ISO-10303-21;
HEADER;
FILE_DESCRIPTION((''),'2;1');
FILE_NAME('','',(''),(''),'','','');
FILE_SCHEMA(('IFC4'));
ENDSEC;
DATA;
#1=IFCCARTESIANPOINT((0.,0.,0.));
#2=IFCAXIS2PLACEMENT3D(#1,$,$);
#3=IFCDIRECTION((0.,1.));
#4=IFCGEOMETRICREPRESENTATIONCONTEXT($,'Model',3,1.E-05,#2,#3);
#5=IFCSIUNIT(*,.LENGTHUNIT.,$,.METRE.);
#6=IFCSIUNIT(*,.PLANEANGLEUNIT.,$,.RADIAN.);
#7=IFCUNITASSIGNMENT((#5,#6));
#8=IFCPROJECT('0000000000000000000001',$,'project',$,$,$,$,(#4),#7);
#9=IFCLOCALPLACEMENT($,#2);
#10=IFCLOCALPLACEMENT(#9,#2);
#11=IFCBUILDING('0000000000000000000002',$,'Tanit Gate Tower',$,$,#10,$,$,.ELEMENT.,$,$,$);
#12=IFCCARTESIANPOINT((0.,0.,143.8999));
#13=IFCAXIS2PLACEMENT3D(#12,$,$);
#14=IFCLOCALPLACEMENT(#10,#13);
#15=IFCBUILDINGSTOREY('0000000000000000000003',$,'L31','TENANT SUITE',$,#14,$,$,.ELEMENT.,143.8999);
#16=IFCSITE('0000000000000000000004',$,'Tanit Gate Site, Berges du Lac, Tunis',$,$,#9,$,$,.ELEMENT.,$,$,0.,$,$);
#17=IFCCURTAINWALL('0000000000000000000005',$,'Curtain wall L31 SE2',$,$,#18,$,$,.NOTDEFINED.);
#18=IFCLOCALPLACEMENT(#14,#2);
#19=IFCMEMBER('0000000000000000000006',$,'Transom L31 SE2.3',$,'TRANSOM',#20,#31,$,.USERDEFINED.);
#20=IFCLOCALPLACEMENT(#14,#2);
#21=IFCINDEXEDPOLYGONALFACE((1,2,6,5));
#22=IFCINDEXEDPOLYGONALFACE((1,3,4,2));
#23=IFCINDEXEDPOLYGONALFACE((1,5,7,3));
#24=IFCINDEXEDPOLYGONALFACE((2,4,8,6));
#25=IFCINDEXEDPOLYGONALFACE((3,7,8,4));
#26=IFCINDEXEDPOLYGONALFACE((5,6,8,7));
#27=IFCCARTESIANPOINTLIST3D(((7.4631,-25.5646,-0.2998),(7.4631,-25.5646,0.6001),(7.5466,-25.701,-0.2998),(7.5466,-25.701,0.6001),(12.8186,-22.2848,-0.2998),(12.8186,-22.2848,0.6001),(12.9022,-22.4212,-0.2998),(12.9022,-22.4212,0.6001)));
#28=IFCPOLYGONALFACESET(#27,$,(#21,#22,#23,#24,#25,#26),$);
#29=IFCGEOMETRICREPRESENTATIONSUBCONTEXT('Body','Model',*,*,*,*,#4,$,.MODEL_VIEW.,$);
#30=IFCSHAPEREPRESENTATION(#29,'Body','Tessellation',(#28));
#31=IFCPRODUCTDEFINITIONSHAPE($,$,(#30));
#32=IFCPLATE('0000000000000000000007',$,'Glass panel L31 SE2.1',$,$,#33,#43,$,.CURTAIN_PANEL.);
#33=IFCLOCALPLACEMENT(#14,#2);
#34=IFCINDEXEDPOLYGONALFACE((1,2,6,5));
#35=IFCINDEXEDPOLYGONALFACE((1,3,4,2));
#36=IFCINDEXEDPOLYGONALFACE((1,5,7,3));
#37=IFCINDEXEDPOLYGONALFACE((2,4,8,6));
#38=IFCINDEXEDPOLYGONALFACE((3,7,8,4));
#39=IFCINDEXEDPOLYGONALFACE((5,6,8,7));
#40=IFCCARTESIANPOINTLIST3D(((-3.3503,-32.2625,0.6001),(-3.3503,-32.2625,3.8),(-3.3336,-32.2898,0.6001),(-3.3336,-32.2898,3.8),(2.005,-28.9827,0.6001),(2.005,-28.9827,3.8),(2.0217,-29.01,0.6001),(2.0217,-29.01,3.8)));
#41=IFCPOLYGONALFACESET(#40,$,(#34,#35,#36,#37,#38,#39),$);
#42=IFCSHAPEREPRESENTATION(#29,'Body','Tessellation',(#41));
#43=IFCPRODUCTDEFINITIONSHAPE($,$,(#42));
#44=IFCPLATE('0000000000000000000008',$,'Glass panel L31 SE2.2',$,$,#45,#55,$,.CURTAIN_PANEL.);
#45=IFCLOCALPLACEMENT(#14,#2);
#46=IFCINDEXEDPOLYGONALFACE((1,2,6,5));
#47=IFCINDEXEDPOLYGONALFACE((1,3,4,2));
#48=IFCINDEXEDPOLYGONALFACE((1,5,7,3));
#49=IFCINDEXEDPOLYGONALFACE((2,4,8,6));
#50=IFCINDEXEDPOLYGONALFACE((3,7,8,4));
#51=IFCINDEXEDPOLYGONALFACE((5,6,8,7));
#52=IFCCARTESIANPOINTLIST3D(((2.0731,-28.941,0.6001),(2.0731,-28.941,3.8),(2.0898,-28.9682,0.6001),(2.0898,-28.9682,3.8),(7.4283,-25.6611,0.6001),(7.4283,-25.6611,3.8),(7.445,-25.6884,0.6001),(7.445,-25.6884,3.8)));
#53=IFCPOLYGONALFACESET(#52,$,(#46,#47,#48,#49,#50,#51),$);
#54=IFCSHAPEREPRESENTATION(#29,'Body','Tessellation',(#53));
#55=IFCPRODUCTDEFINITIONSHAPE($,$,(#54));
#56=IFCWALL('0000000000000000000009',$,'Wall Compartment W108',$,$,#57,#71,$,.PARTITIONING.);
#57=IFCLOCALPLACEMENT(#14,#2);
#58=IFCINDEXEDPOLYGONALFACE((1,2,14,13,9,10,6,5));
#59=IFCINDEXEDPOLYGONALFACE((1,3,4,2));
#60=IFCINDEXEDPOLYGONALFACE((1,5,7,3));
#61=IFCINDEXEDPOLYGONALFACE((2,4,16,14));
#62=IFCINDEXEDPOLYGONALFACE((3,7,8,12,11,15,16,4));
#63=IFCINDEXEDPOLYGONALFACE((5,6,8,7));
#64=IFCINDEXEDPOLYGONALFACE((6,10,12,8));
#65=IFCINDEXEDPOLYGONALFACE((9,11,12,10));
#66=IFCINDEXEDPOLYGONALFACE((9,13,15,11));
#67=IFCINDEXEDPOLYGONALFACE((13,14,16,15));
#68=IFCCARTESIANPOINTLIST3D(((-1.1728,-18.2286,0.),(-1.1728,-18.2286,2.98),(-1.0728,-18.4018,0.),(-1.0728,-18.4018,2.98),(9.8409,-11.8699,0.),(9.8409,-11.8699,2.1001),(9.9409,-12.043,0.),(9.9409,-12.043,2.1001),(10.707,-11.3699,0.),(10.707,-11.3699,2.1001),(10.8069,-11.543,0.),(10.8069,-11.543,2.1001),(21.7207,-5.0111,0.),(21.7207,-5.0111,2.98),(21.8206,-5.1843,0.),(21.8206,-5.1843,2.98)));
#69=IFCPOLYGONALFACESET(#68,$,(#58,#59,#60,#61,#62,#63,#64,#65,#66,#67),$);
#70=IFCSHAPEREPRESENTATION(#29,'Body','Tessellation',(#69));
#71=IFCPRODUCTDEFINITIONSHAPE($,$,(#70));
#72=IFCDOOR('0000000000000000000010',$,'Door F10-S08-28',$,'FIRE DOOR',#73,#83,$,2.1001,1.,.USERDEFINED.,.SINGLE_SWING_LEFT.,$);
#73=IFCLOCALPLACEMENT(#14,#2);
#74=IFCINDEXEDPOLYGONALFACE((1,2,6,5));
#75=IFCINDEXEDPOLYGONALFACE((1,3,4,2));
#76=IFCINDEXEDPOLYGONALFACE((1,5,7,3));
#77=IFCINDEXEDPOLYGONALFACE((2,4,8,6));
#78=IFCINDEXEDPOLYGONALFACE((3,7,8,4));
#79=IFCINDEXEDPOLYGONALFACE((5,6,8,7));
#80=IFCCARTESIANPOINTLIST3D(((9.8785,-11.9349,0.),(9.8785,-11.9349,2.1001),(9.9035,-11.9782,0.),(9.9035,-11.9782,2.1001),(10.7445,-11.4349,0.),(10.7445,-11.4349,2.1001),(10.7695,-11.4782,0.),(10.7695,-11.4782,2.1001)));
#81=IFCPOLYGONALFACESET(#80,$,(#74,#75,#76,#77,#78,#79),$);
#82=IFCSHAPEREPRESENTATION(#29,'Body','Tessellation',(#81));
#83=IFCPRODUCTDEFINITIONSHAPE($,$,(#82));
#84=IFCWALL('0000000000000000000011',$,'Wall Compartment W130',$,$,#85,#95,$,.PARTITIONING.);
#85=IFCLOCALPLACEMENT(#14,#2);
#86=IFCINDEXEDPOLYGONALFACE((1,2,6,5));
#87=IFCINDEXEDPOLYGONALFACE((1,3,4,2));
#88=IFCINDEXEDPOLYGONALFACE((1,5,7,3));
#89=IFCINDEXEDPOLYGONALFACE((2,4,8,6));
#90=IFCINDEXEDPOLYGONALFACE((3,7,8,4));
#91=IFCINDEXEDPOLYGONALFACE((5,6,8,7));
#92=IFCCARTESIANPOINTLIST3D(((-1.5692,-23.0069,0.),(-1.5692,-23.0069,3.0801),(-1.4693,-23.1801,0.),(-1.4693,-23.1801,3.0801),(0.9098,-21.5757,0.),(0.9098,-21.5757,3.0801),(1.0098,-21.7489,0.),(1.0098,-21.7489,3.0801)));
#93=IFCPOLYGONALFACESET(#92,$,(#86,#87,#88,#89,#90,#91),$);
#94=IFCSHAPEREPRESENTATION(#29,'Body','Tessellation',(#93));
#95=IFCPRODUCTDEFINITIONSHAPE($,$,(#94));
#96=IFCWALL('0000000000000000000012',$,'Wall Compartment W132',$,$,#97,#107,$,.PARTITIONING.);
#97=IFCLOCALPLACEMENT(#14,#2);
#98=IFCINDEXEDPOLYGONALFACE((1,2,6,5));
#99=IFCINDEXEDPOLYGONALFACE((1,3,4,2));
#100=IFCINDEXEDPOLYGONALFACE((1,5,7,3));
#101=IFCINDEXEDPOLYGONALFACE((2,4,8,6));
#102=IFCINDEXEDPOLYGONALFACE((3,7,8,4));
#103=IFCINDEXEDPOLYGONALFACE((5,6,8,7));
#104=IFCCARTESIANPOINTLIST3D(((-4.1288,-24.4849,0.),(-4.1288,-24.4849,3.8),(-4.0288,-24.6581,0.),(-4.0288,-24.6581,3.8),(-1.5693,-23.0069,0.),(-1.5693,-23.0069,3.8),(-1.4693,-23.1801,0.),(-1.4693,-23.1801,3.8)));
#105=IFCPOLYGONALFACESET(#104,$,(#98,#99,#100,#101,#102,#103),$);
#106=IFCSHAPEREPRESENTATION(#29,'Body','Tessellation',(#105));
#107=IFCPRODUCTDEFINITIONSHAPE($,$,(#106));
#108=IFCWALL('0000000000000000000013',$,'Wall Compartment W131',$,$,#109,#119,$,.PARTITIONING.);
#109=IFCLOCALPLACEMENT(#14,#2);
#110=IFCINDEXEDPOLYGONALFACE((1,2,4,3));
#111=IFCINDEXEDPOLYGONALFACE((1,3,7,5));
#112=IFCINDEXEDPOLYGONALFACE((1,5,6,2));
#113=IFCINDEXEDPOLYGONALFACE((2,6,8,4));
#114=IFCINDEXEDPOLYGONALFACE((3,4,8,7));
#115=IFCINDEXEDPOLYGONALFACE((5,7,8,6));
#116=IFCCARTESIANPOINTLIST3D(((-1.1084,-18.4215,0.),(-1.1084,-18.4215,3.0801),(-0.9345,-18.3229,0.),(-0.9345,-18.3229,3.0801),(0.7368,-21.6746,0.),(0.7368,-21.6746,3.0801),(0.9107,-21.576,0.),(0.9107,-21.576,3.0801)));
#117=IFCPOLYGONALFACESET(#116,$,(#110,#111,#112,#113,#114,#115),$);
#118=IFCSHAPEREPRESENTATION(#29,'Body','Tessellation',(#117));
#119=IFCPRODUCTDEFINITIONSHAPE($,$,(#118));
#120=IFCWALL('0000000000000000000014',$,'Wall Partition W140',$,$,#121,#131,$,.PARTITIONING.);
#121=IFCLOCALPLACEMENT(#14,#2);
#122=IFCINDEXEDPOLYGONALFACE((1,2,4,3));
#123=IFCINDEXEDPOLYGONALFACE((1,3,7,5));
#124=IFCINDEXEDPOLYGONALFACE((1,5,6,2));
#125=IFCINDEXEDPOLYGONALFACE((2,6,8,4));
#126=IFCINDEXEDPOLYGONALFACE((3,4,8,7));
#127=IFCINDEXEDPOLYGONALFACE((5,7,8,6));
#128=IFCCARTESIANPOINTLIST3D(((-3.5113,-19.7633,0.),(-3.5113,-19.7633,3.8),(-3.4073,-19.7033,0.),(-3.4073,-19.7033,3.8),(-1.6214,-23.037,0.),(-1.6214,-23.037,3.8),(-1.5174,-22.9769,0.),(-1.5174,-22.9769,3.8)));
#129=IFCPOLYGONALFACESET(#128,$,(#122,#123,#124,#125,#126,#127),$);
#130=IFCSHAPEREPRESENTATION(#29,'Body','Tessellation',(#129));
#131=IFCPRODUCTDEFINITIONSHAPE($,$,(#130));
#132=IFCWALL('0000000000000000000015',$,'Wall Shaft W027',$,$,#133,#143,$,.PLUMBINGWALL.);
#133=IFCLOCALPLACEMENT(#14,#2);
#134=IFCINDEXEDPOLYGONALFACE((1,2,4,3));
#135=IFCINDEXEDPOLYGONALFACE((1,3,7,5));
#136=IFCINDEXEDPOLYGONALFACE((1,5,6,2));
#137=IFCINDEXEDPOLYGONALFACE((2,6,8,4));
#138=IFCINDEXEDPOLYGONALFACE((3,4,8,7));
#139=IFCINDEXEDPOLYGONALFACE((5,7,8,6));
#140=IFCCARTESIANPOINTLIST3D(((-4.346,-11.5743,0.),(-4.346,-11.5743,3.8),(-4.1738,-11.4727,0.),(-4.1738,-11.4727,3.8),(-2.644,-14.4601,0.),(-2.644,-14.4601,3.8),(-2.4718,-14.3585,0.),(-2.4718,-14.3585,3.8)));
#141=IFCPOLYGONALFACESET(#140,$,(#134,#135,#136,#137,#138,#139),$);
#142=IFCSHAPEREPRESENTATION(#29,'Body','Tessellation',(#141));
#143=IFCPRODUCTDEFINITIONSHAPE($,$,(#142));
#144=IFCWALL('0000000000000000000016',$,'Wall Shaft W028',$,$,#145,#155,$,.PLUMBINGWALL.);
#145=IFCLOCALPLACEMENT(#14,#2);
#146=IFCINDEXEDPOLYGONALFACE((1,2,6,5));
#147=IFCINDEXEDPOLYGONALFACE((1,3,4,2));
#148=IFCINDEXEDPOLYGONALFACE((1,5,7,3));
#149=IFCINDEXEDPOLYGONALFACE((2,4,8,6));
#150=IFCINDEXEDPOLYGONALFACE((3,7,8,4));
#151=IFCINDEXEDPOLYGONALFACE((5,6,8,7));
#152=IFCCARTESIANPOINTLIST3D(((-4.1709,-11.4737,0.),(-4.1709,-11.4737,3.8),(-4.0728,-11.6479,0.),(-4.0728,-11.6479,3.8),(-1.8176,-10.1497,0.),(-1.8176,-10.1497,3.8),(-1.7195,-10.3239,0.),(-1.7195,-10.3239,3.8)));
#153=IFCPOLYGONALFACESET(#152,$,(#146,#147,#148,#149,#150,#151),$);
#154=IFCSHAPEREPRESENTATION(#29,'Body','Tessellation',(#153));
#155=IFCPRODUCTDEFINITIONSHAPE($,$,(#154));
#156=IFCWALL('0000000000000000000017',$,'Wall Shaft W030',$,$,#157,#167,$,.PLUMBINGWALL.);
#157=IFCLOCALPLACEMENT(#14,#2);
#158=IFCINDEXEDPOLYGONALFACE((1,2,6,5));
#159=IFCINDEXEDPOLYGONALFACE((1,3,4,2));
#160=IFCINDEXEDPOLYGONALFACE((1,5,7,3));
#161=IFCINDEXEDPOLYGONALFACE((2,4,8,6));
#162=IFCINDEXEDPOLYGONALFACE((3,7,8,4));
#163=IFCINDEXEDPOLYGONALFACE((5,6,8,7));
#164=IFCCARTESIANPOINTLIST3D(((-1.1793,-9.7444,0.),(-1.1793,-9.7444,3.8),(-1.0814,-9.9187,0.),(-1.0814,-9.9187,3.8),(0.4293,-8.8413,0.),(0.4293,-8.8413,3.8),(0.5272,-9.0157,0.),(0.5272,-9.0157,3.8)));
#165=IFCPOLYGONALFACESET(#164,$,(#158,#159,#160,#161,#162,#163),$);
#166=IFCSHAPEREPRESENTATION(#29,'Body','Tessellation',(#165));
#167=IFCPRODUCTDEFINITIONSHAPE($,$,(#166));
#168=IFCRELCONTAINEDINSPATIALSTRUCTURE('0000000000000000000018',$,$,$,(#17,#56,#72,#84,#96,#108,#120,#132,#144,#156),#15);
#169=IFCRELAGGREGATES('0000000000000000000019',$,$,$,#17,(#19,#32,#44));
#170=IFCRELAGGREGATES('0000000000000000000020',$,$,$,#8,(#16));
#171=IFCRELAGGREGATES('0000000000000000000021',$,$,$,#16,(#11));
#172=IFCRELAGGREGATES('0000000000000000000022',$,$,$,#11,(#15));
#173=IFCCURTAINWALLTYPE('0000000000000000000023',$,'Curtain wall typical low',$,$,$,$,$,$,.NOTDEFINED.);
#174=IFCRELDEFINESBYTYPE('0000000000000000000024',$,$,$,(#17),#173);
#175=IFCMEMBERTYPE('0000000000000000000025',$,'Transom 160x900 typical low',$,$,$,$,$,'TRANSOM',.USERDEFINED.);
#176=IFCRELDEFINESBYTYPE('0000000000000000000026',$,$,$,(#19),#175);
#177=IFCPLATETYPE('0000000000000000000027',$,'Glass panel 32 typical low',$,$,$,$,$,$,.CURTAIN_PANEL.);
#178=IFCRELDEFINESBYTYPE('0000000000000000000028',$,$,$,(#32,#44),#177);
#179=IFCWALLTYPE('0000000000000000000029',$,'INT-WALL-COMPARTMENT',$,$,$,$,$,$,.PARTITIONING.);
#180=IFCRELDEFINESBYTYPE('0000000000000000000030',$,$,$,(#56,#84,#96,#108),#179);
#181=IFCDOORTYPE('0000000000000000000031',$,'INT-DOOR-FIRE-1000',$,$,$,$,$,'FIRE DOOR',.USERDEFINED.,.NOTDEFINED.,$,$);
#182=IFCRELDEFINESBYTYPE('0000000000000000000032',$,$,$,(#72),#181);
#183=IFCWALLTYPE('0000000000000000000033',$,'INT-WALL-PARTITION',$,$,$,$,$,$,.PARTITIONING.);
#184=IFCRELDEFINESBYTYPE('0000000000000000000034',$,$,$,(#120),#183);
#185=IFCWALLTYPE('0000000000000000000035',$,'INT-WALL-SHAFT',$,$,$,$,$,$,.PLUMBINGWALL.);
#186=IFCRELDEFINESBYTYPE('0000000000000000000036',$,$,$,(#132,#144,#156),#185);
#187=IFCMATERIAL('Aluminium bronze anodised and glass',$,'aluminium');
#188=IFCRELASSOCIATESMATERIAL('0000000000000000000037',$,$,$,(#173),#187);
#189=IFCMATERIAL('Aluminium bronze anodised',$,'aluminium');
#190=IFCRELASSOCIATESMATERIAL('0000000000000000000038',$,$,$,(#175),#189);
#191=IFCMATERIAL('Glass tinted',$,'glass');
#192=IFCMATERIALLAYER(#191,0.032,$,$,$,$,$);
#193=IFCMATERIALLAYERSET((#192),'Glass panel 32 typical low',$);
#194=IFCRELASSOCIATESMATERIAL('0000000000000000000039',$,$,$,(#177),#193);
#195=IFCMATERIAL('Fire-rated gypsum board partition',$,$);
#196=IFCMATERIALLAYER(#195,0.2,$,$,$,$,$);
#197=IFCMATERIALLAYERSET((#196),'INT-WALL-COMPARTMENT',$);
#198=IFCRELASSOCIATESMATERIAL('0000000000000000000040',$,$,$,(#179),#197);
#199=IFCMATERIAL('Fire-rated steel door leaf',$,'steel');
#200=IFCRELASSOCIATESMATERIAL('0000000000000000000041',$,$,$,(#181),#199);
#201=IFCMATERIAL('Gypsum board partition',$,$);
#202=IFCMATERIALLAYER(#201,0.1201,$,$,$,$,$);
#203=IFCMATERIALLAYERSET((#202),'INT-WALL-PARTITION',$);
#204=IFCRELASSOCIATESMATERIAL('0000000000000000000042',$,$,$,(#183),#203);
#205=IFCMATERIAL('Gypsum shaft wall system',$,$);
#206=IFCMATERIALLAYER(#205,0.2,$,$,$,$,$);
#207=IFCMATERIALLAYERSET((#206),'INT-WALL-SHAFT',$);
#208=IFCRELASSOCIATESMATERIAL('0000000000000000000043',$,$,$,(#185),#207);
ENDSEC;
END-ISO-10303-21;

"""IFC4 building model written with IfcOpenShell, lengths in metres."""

from ifc_helpers import new_model, si_unit, direction, frame, frame_2d, origin, origin_2d, place, context, subcontext, project, spatial, rectangle, extrude, material, layer, layer_set, material_profile, profile_set, type_object, element, fill, aggregate, save


model = new_model("IFC4")

# Units and contexts
model_context = context("Model", 3, precision=1e-05, world=origin(), true_north=direction((0.0, 1.0)))
body_context = subcontext(model_context, "Body", "Model", "MODEL_VIEW")
ifc_project = project(units=[si_unit("LENGTHUNIT", "METRE"), si_unit("PLANEANGLEUNIT", "RADIAN")], contexts=[model_context])

# Site, building, storey
site_placement = place(None, origin())
site = spatial("IfcSite", under=ifc_project, at=site_placement, Name="Tanit Gate Site, Berges du Lac, Tunis", CompositionType="ELEMENT", RefElevation=0.0)
building_placement = place(site_placement, origin())
building = spatial("IfcBuilding", under=site, at=building_placement, Name="Tanit Gate Tower", CompositionType="ELEMENT")
storey_placement = place(building_placement, frame((0.0, 0.0, 143.8999)))
storey = spatial("IfcBuildingStorey", under=building, at=storey_placement, Name="L31", Description="TENANT SUITE", CompositionType="ELEMENT", Elevation=143.8999)

# Curtain wall
ifc_material_1 = material(Name="Aluminium bronze anodised and glass", Category="aluminium")
curtain_wall_type = type_object("IfcCurtainWallType", Name="Curtain wall typical low", PredefinedType="NOTDEFINED", material=ifc_material_1)
curtain_wall_placement = place(storey_placement, origin())
curtain_wall = element("IfcCurtainWall", 1, at=curtain_wall_placement, inside=storey, type_object=curtain_wall_type, Name="Curtain wall L31 SE2", PredefinedType="NOTDEFINED")

# Member
ifc_material_2 = material(Name="Aluminium bronze anodised", Category="aluminium")
ifc_material_profile_1 = material_profile(ifc_material_2, rectangle(XDim=0.1599, YDim=0.8999, at=origin_2d()), Name="160x900 bronze transom")
ifc_profile_set_1 = profile_set([ifc_material_profile_1], Name="Aluminium bronze anodised")
member_type_1 = type_object("IfcMemberType", Name="Transom 160x900 typical low", ElementType="TRANSOM", PredefinedType="USERDEFINED", material=ifc_profile_set_1)
member_1_placement = place(storey_placement, frame((7.5049, -25.6328, 0.1501), z_axis=(0.852786, 0.522261, 0.0), x_axis=(-0.522261, 0.852786, 0.0)))
member_1 = element("IfcMember", 2, at=member_1_placement, type_object=member_type_1, Name="Transom L31 SE2.3", ObjectType="TRANSOM", PredefinedType="USERDEFINED", context=body_context, shape_type="SweptSolid", body=[
    extrude(rectangle(XDim=0.1599, YDim=0.8999, at=origin_2d()), origin(), (0.0, 0.0, 1.0), 6.28),
])

# Plates
ifc_material_3 = material(Name="Glass tinted", Category="glass")
ifc_layer_1 = layer(ifc_material_3, 0.032)
ifc_layer_set_1 = layer_set([ifc_layer_1], Name="Glass panel 32 typical low")
plate_type = type_object("IfcPlateType", Name="Glass panel 32 typical low", PredefinedType="CURTAIN_PANEL", material=ifc_layer_set_1)
plate_1_placement = place(storey_placement, frame((-0.6643, -30.6362, 0.6001), z_axis=(0.0, 0.0, 1.0), x_axis=(0.852772, 0.522283, 0.0)))
plate_1 = element("IfcPlate", 3, at=plate_1_placement, type_object=plate_type, Name="Glass panel L31 SE2.1", PredefinedType="CURTAIN_PANEL", context=body_context, shape_type="SweptSolid", body=[
    extrude(rectangle(XDim=6.2798, YDim=0.032, at=origin_2d()), origin(), (0.0, 0.0, 1.0), 3.2),
])
plate_2_placement = place(storey_placement, frame((4.759, -27.3147, 0.6001), z_axis=(0.0, 0.0, 1.0), x_axis=(0.852772, 0.522283, 0.0)))
plate_2 = element("IfcPlate", 4, at=plate_2_placement, type_object=plate_type, Name="Glass panel L31 SE2.2", PredefinedType="CURTAIN_PANEL", context=body_context, shape_type="SweptSolid", body=[
    extrude(rectangle(XDim=6.2798, YDim=0.032, at=origin_2d()), origin(), (0.0, 0.0, 1.0), 3.2),
])
aggregate(curtain_wall, [member_1, plate_1, plate_2])

# Wall, opening, door
ifc_material_4 = material(Name="Fire-rated gypsum board partition")
ifc_layer_2 = layer(ifc_material_4, 0.2)
ifc_layer_set_2 = layer_set([ifc_layer_2], Name="INT-WALL-COMPARTMENT")
wall_type_1 = type_object("IfcWallType", Name="INT-WALL-COMPARTMENT", PredefinedType="PARTITIONING", material=ifc_layer_set_2)
wall_1_placement = place(storey_placement, frame((-1.1228, -18.3152, 0.0), z_axis=(0.0, 0.0, 1.0), x_axis=(0.866027, 0.499998, 0.0)))
wall_1 = element("IfcWall", 5, at=wall_1_placement, inside=storey, type_object=wall_type_1, Name="Wall Compartment W108", PredefinedType="PARTITIONING", context=body_context, shape_type="SweptSolid", body=[
    extrude(rectangle(XDim=26.4351, YDim=0.2, at=frame_2d((13.2175, 0.0))), origin(), (0.0, 0.0, 1.0), 2.98),
])
opening_placement = place(wall_1_placement, frame((12.7175, 0.0, 0.0)))
opening = element("IfcOpeningElement", 6, at=opening_placement, cuts=wall_1, PredefinedType="OPENING", context=body_context, shape_type="SweptSolid", body=[
    extrude(rectangle(XDim=1.0, YDim=2.1001, at=frame_2d((0.5, 1.05))), frame((0.0, 0.1099, 0.0), z_axis=(0.0, -1.0, 0.0), x_axis=(1.0, 0.0, 0.0)), (0.0, 0.0, 1.0), 0.22),
])
ifc_material_5 = material(Name="Fire-rated steel door leaf", Category="steel")
door_type = type_object("IfcDoorType", Name="INT-DOOR-FIRE-1000", ElementType="FIRE DOOR", OperationType="NOTDEFINED", PredefinedType="USERDEFINED", material=ifc_material_5)
door_placement = place(opening_placement, origin())
door = element("IfcDoor", 7, at=door_placement, inside=storey, type_object=door_type, Name="Door F10-S08-28", ObjectType="FIRE DOOR", OperationType="SINGLE_SWING_LEFT", OverallHeight=2.1001, OverallWidth=1.0, PredefinedType="USERDEFINED", context=body_context, shape_type="SweptSolid", body=[
    extrude(rectangle(XDim=1.0, YDim=2.1001, at=frame_2d((0.5, 1.05))), frame((0.0, 0.0249, 0.0), z_axis=(0.0, -1.0, 0.0), x_axis=(1.0, 0.0, 0.0)), (0.0, 0.0, 1.0), 0.05),
])
fill(opening, door)

# Walls
wall_2_placement = place(storey_placement, frame((0.9597, -21.6624, 0.0), z_axis=(0.0, 0.0, 1.0), x_axis=(-0.866041, -0.499973, 0.0)))
element("IfcWall", 8, at=wall_2_placement, inside=storey, type_object=wall_type_1, Name="Wall Compartment W130", PredefinedType="PARTITIONING", context=body_context, shape_type="SweptSolid", body=[
    extrude(rectangle(XDim=2.8625, YDim=0.2, at=frame_2d((1.4312, 0.0))), origin(), (0.0, 0.0, 1.0), 3.0801),
])
wall_3_placement = place(storey_placement, frame((-1.5193, -23.0935, 0.0), z_axis=(0.0, 0.0, 1.0), x_axis=(-0.865987, -0.500066, 0.0)))
element("IfcWall", 9, at=wall_3_placement, inside=storey, type_object=wall_type_1, Name="Wall Compartment W132", PredefinedType="PARTITIONING", context=body_context, shape_type="SweptSolid", body=[
    extrude(rectangle(XDim=2.9556, YDim=0.2, at=frame_2d((1.4778, 0.0))), origin(), (0.0, 0.0, 1.0), 3.8),
])
wall_4_placement = place(storey_placement, frame((-1.0215, -18.3721, 0.0), z_axis=(0.0, 0.0, 1.0), x_axis=(0.493367, -0.869821, 0.0)))
element("IfcWall", 10, at=wall_4_placement, inside=storey, type_object=wall_type_1, Name="Wall Compartment W131", PredefinedType="PARTITIONING", context=body_context, shape_type="SweptSolid", body=[
    extrude(rectangle(XDim=3.74, YDim=0.2, at=frame_2d((1.8701, 0.0))), origin(), (0.0, 0.0, 1.0), 3.0801),
])
ifc_material_6 = material(Name="Gypsum board partition")
ifc_layer_3 = layer(ifc_material_6, 0.1201)
ifc_layer_set_3 = layer_set([ifc_layer_3], Name="INT-WALL-PARTITION")
wall_type_2 = type_object("IfcWallType", Name="INT-WALL-PARTITION", PredefinedType="PARTITIONING", material=ifc_layer_set_3)
wall_5_placement = place(storey_placement, frame((-1.5693, -23.0071, 0.0), z_axis=(0.0, 0.0, 1.0), x_axis=(-0.499967, 0.866045, 0.0)))
element("IfcWall", 11, at=wall_5_placement, inside=storey, type_object=wall_type_2, Name="Wall Partition W140", PredefinedType="PARTITIONING", context=body_context, shape_type="SweptSolid", body=[
    extrude(rectangle(XDim=3.78, YDim=0.1201, at=frame_2d((1.8901, 0.0))), origin(), (0.0, 0.0, 1.0), 3.8),
])
ifc_material_7 = material(Name="Gypsum shaft wall system")
ifc_layer_4 = layer(ifc_material_7, 0.2)
ifc_layer_set_4 = layer_set([ifc_layer_4], Name="INT-WALL-SHAFT")
wall_type_3 = type_object("IfcWallType", Name="INT-WALL-SHAFT", PredefinedType="PLUMBINGWALL", material=ifc_layer_set_4)
wall_6_placement = place(storey_placement, frame((-2.5579, -14.4094, 0.0), z_axis=(0.0, 0.0, 1.0), x_axis=(-0.507997, 0.861359, 0.0)))
element("IfcWall", 12, at=wall_6_placement, inside=storey, type_object=wall_type_3, Name="Wall Shaft W027", PredefinedType="PLUMBINGWALL", context=body_context, shape_type="SweptSolid", body=[
    extrude(rectangle(XDim=3.3503, YDim=0.2, at=frame_2d((1.6753, 0.0))), origin(), (0.0, 0.0, 1.0), 3.8),
])
wall_7_placement = place(storey_placement, frame((-1.7686, -10.2368, 0.0), z_axis=(0.0, 0.0, 1.0), x_axis=(-0.871534, -0.490334, 0.0)))
element("IfcWall", 13, at=wall_7_placement, inside=storey, type_object=wall_type_3, Name="Wall Shaft W028", PredefinedType="PLUMBINGWALL", context=body_context, shape_type="SweptSolid", body=[
    extrude(rectangle(XDim=2.7002, YDim=0.2, at=frame_2d((1.3501, 0.0))), origin(), (0.0, 0.0, 1.0), 3.8),
])
wall_8_placement = place(storey_placement, frame((-1.1304, -9.8315, 0.0), z_axis=(0.0, 0.0, 1.0), x_axis=(0.871989, 0.489526, 0.0)))
element("IfcWall", 14, at=wall_8_placement, inside=storey, type_object=wall_type_3, Name="Wall Shaft W030", PredefinedType="PLUMBINGWALL", context=body_context, shape_type="SweptSolid", body=[
    extrude(rectangle(XDim=1.8447, YDim=0.2, at=frame_2d((0.9224, 0.0))), origin(), (0.0, 0.0, 1.0), 3.8),
])

save(model, "model.ifc")
